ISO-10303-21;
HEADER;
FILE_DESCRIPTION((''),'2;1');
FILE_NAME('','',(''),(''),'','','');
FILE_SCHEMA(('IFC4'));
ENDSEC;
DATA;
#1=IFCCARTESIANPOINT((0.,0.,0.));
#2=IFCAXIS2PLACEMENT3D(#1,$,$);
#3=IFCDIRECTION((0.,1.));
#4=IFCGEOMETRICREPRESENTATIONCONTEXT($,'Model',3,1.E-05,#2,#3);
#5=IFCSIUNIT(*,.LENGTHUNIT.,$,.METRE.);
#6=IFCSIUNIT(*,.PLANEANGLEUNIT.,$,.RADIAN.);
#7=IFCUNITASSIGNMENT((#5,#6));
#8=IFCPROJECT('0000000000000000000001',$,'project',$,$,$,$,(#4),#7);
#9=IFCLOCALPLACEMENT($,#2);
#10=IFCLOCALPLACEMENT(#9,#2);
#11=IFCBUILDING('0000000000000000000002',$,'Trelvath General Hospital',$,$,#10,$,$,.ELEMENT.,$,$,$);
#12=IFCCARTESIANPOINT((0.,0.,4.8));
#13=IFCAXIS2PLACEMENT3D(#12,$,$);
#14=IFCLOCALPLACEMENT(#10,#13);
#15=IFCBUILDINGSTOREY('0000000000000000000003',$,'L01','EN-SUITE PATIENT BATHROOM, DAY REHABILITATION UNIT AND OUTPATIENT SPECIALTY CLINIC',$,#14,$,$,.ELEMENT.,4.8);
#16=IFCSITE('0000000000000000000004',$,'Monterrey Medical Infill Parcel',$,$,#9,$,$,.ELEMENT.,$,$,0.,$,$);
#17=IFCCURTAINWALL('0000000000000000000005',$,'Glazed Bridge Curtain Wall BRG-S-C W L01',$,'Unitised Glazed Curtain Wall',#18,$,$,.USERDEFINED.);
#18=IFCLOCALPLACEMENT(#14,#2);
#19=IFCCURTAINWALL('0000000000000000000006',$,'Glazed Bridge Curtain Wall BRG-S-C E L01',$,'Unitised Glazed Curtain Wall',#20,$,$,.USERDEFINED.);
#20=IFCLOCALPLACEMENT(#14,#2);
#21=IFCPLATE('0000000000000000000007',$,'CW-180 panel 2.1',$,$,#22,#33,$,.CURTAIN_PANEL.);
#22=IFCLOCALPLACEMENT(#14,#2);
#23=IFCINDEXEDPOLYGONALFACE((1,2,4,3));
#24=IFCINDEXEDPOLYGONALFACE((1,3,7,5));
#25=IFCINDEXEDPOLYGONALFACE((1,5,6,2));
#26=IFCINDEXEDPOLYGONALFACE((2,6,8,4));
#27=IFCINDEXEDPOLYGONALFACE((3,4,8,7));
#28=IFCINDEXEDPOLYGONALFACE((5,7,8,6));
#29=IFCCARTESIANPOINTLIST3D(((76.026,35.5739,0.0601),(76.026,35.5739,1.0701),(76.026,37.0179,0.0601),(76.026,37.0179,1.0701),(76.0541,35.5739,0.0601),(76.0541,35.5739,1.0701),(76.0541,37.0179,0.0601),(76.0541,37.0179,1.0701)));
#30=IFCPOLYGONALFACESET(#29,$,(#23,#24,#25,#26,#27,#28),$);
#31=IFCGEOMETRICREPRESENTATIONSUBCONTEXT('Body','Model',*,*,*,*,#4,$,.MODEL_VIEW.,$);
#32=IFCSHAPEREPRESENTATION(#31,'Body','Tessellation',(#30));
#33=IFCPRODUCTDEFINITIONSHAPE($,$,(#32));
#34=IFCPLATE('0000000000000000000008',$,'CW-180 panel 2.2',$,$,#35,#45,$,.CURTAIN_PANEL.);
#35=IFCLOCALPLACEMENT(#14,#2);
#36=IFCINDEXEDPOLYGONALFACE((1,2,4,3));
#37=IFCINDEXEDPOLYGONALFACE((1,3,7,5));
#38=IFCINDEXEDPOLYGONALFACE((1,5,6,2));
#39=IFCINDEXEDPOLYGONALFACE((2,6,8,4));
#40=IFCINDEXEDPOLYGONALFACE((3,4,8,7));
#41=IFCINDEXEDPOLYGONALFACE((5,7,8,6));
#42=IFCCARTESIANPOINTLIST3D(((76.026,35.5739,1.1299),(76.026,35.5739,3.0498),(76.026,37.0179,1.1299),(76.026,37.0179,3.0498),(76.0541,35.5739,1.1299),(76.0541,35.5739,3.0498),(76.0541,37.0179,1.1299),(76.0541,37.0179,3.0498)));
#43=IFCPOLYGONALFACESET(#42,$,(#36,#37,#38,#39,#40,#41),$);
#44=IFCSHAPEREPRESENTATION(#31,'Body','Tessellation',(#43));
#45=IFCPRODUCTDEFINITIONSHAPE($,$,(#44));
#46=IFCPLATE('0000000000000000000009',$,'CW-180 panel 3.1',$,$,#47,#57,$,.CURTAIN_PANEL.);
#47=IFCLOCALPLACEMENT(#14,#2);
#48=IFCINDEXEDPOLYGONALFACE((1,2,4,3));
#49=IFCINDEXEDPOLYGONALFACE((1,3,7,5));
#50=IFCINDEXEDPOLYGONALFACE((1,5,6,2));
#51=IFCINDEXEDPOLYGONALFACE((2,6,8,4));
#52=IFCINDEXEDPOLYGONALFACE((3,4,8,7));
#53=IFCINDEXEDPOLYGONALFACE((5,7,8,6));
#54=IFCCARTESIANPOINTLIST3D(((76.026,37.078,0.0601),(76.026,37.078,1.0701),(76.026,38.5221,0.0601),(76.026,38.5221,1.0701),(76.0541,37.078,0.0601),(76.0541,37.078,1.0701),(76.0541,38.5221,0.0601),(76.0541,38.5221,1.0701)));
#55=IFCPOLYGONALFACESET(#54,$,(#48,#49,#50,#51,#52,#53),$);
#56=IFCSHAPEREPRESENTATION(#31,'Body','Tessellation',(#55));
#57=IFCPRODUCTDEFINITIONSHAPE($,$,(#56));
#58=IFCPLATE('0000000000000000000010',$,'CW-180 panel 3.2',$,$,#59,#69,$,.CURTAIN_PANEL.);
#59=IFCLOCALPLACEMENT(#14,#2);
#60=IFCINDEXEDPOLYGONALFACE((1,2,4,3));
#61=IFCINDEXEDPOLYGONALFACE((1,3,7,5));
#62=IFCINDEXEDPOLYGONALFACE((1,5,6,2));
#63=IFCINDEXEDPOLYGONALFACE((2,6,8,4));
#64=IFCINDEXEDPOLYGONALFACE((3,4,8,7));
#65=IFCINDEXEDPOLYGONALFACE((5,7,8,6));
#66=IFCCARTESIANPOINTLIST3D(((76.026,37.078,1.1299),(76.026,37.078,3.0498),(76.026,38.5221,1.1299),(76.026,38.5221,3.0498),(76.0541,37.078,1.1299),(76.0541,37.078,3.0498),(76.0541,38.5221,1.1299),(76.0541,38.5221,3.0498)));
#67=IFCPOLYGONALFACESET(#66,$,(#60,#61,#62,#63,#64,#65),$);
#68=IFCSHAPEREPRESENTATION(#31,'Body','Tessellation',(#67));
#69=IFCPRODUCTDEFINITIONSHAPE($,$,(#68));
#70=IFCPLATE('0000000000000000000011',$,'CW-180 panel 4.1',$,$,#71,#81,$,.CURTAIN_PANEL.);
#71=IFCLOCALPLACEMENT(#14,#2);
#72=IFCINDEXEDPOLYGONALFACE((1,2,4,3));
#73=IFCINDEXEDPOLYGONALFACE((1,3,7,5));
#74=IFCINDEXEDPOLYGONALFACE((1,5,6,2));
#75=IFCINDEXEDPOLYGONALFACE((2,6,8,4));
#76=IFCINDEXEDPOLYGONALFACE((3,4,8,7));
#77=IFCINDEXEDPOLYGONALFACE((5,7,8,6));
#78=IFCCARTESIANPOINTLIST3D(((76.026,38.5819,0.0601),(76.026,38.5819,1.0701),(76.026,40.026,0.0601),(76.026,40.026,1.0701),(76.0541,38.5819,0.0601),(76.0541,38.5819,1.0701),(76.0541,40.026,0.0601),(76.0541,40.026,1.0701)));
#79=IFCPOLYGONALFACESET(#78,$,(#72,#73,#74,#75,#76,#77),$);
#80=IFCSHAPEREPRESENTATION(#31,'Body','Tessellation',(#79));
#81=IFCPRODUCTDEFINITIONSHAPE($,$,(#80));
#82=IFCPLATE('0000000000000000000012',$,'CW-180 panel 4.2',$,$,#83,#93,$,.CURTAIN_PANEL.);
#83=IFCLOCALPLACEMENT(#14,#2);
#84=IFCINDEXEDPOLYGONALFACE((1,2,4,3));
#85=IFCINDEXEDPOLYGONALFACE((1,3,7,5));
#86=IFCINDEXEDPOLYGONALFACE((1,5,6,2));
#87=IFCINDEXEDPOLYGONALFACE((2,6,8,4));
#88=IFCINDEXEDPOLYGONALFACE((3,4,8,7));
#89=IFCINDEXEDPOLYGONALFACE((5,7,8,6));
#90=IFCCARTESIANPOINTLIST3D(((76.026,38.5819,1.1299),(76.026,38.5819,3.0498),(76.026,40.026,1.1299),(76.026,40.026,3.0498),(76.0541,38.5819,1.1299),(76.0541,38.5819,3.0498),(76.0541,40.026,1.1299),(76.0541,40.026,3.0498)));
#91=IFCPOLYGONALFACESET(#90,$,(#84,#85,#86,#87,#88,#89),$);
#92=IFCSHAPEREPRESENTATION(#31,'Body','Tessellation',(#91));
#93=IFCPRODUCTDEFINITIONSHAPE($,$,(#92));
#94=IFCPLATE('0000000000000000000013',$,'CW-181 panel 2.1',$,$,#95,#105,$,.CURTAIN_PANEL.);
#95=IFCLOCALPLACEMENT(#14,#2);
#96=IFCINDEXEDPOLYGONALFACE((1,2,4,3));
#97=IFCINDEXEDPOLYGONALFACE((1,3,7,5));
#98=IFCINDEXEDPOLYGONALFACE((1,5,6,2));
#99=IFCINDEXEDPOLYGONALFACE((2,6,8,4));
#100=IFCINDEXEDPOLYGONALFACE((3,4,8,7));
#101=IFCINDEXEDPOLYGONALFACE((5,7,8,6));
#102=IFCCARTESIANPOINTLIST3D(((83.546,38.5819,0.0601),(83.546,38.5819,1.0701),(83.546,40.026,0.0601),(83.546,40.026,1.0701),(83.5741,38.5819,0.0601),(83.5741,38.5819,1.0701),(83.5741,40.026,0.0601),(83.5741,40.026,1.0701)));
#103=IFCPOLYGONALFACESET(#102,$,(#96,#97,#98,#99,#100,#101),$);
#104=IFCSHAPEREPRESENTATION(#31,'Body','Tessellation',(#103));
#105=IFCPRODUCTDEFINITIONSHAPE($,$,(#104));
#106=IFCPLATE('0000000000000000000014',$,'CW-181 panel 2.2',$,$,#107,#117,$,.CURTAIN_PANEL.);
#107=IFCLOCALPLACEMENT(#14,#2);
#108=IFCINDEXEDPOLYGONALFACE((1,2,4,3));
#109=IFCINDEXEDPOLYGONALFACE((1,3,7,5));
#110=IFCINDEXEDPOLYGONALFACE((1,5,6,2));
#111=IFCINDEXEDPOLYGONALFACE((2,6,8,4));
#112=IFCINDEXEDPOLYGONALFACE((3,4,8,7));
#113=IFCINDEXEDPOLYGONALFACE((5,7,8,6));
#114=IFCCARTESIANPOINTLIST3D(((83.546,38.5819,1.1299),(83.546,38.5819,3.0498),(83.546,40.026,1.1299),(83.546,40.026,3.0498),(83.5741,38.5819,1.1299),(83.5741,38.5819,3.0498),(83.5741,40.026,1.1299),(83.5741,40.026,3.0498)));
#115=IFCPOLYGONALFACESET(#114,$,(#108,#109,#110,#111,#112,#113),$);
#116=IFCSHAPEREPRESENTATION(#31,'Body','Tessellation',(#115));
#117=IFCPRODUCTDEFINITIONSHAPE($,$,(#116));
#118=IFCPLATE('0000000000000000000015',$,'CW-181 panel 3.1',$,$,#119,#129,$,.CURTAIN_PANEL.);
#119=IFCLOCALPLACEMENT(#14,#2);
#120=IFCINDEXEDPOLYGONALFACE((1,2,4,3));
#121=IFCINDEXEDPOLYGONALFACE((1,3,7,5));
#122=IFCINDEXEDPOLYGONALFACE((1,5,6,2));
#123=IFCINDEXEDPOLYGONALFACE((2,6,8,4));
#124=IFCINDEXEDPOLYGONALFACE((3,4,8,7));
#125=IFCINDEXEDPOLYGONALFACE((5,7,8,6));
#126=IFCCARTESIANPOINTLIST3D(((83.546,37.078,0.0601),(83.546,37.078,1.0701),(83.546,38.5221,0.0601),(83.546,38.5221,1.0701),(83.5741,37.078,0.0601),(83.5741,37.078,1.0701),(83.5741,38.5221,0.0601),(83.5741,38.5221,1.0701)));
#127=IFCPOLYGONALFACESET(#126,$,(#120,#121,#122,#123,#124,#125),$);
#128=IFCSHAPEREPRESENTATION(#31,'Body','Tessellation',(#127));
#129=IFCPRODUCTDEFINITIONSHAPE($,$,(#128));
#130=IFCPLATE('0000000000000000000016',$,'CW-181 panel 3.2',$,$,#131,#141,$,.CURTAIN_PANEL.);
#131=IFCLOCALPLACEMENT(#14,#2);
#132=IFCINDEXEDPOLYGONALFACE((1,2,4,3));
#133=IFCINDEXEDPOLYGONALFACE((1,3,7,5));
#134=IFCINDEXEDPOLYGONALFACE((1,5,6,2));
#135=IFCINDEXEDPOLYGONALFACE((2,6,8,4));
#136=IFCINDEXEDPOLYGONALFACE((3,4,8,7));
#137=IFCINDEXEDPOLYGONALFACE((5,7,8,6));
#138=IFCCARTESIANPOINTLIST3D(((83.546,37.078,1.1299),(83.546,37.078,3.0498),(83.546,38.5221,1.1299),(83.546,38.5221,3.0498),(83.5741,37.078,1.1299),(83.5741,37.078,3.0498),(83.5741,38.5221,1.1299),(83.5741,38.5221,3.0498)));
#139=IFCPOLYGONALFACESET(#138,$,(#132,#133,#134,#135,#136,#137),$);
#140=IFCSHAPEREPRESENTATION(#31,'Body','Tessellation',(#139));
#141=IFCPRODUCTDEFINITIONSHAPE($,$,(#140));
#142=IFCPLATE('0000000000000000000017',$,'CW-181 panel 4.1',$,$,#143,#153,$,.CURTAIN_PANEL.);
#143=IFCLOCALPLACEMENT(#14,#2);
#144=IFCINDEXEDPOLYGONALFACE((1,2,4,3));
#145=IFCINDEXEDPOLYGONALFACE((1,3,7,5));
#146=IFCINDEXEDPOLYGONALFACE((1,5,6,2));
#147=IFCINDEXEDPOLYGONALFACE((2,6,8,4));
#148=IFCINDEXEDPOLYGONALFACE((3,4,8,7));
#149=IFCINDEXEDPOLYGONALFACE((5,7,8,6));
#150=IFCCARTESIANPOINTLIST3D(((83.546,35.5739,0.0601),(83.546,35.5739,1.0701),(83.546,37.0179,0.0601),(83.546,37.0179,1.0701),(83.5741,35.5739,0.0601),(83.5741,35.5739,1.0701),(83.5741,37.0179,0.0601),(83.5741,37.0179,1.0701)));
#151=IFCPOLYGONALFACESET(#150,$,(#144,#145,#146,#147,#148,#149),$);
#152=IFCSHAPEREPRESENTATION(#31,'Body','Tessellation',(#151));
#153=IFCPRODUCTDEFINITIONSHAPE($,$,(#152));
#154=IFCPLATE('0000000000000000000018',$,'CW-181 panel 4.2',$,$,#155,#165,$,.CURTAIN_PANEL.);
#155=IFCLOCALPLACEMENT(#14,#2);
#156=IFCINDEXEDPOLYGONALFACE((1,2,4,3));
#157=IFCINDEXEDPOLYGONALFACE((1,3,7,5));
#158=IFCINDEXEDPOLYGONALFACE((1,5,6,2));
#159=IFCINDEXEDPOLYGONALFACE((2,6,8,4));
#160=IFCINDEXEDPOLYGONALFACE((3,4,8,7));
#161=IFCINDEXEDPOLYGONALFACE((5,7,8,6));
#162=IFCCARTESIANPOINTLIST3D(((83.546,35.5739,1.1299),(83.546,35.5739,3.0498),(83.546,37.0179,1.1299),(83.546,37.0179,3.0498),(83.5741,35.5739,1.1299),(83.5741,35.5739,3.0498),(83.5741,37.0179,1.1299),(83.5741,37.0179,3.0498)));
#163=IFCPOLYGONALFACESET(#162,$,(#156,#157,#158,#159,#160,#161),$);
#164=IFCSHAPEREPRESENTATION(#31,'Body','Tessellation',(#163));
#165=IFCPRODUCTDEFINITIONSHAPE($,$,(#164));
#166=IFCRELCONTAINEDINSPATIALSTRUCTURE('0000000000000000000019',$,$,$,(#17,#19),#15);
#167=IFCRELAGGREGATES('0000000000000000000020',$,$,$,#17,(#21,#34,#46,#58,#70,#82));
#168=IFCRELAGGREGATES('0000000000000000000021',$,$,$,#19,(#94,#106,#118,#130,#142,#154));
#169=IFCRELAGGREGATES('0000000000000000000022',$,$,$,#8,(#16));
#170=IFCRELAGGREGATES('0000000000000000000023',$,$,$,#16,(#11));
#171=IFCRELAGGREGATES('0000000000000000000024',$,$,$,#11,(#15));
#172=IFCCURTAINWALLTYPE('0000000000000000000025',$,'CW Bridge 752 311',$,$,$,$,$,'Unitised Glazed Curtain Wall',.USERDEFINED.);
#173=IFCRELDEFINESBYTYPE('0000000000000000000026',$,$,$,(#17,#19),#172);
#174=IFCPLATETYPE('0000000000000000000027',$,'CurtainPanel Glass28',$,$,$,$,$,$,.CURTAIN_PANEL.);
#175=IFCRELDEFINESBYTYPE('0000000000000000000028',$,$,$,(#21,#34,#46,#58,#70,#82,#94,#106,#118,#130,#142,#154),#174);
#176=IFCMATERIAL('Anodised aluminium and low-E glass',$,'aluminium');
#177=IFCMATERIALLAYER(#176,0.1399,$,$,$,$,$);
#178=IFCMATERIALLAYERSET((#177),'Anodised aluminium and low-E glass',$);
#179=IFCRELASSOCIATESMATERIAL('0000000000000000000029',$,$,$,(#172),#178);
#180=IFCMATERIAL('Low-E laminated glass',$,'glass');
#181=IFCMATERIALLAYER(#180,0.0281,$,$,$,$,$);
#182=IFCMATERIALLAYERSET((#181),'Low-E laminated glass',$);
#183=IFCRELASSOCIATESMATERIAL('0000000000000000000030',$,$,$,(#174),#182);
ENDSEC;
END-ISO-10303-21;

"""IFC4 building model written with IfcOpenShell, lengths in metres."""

from ifc_helpers import new_model, si_unit, direction, frame, origin, origin_2d, place, context, subcontext, project, spatial, rectangle, extrude, material, layer, layer_set, type_object, element, aggregate, save


model = new_model("IFC4")

# Units and contexts
model_context = context("Model", 3, precision=1e-05, world=origin(), true_north=direction((0.0, 1.0)))
body_context = subcontext(model_context, "Body", "Model", "MODEL_VIEW")
ifc_project = project(units=[si_unit("LENGTHUNIT", "METRE"), si_unit("PLANEANGLEUNIT", "RADIAN")], contexts=[model_context])

# Site, building, storey
site_placement = place(None, origin())
site = spatial("IfcSite", under=ifc_project, at=site_placement, Name="Monterrey Medical Infill Parcel", CompositionType="ELEMENT", RefElevation=0.0)
building_placement = place(site_placement, origin())
building = spatial("IfcBuilding", under=site, at=building_placement, Name="Trelvath General Hospital", CompositionType="ELEMENT")
storey_placement = place(building_placement, frame((0.0, 0.0, 4.8)))
storey = spatial("IfcBuildingStorey", under=building, at=storey_placement, Name="L01", Description="EN-SUITE PATIENT BATHROOM, DAY REHABILITATION UNIT AND OUTPATIENT SPECIALTY CLINIC", CompositionType="ELEMENT", Elevation=4.8)

# Curtain walls
ifc_material_1 = material(Name="Anodised aluminium and low-E glass", Category="aluminium")
ifc_layer_1 = layer(ifc_material_1, 0.1399)
ifc_layer_set_1 = layer_set([ifc_layer_1], Name="Anodised aluminium and low-E glass")
curtain_wall_type = type_object("IfcCurtainWallType", Name="CW Bridge 752 311", ElementType="Unitised Glazed Curtain Wall", PredefinedType="USERDEFINED", material=ifc_layer_set_1)
curtain_wall_1_placement = place(storey_placement, origin())
curtain_wall_1 = element("IfcCurtainWall", 1, at=curtain_wall_1_placement, inside=storey, type_object=curtain_wall_type, Name="Glazed Bridge Curtain Wall BRG-S-C W L01", ObjectType="Unitised Glazed Curtain Wall", PredefinedType="USERDEFINED")
curtain_wall_2_placement = place(storey_placement, origin())
curtain_wall_2 = element("IfcCurtainWall", 2, at=curtain_wall_2_placement, inside=storey, type_object=curtain_wall_type, Name="Glazed Bridge Curtain Wall BRG-S-C E L01", ObjectType="Unitised Glazed Curtain Wall", PredefinedType="USERDEFINED")

# Plates
ifc_material_2 = material(Name="Low-E laminated glass", Category="glass")
ifc_layer_2 = layer(ifc_material_2, 0.0281)
ifc_layer_set_2 = layer_set([ifc_layer_2], Name="Low-E laminated glass")
plate_type = type_object("IfcPlateType", Name="CurtainPanel Glass28", PredefinedType="CURTAIN_PANEL", material=ifc_layer_set_2)
plate_1_placement = place(storey_placement, frame((76.04, 36.2959, 0.0601), z_axis=(0.0, 0.0, 1.0), x_axis=(0.0, 1.0, 0.0)))
plate_1 = element("IfcPlate", 3, at=plate_1_placement, type_object=plate_type, Name="CW-180 panel 2.1", PredefinedType="CURTAIN_PANEL", context=body_context, shape_type="SweptSolid", body=[
    extrude(rectangle(XDim=1.4441, YDim=0.0281, at=origin_2d()), origin(), (0.0, 0.0, 1.0), 1.01),
])
plate_2_placement = place(storey_placement, frame((76.04, 36.2959, 1.1299), z_axis=(0.0, 0.0, 1.0), x_axis=(0.0, 1.0, 0.0)))
plate_2 = element("IfcPlate", 4, at=plate_2_placement, type_object=plate_type, Name="CW-180 panel 2.2", PredefinedType="CURTAIN_PANEL", context=body_context, shape_type="SweptSolid", body=[
    extrude(rectangle(XDim=1.4441, YDim=0.0281, at=origin_2d()), origin(), (0.0, 0.0, 1.0), 1.9199),
])
plate_3_placement = place(storey_placement, frame((76.04, 37.8, 0.0601), z_axis=(0.0, 0.0, 1.0), x_axis=(0.0, 1.0, 0.0)))
plate_3 = element("IfcPlate", 5, at=plate_3_placement, type_object=plate_type, Name="CW-180 panel 3.1", PredefinedType="CURTAIN_PANEL", context=body_context, shape_type="SweptSolid", body=[
    extrude(rectangle(XDim=1.4441, YDim=0.0281, at=origin_2d()), origin(), (0.0, 0.0, 1.0), 1.01),
])
plate_4_placement = place(storey_placement, frame((76.04, 37.8, 1.1299), z_axis=(0.0, 0.0, 1.0), x_axis=(0.0, 1.0, 0.0)))
plate_4 = element("IfcPlate", 6, at=plate_4_placement, type_object=plate_type, Name="CW-180 panel 3.2", PredefinedType="CURTAIN_PANEL", context=body_context, shape_type="SweptSolid", body=[
    extrude(rectangle(XDim=1.4441, YDim=0.0281, at=origin_2d()), origin(), (0.0, 0.0, 1.0), 1.9199),
])
plate_5_placement = place(storey_placement, frame((76.04, 39.304, 0.0601), z_axis=(0.0, 0.0, 1.0), x_axis=(0.0, 1.0, 0.0)))
plate_5 = element("IfcPlate", 7, at=plate_5_placement, type_object=plate_type, Name="CW-180 panel 4.1", PredefinedType="CURTAIN_PANEL", context=body_context, shape_type="SweptSolid", body=[
    extrude(rectangle(XDim=1.4441, YDim=0.0281, at=origin_2d()), origin(), (0.0, 0.0, 1.0), 1.01),
])
plate_6_placement = place(storey_placement, frame((76.04, 39.304, 1.1299), z_axis=(0.0, 0.0, 1.0), x_axis=(0.0, 1.0, 0.0)))
plate_6 = element("IfcPlate", 8, at=plate_6_placement, type_object=plate_type, Name="CW-180 panel 4.2", PredefinedType="CURTAIN_PANEL", context=body_context, shape_type="SweptSolid", body=[
    extrude(rectangle(XDim=1.4441, YDim=0.0281, at=origin_2d()), origin(), (0.0, 0.0, 1.0), 1.9199),
])
aggregate(curtain_wall_1, [plate_1, plate_2, plate_3, plate_4, plate_5, plate_6])
plate_7_placement = place(storey_placement, frame((83.5601, 39.304, 0.0601), z_axis=(0.0, 0.0, 1.0), x_axis=(0.0, -1.0, 0.0)))
plate_7 = element("IfcPlate", 9, at=plate_7_placement, type_object=plate_type, Name="CW-181 panel 2.1", PredefinedType="CURTAIN_PANEL", context=body_context, shape_type="SweptSolid", body=[
    extrude(rectangle(XDim=1.4441, YDim=0.0281, at=origin_2d()), origin(), (0.0, 0.0, 1.0), 1.01),
])
plate_8_placement = place(storey_placement, frame((83.5601, 39.304, 1.1299), z_axis=(0.0, 0.0, 1.0), x_axis=(0.0, -1.0, 0.0)))
plate_8 = element("IfcPlate", 10, at=plate_8_placement, type_object=plate_type, Name="CW-181 panel 2.2", PredefinedType="CURTAIN_PANEL", context=body_context, shape_type="SweptSolid", body=[
    extrude(rectangle(XDim=1.4441, YDim=0.0281, at=origin_2d()), origin(), (0.0, 0.0, 1.0), 1.9199),
])
plate_9_placement = place(storey_placement, frame((83.5601, 37.8, 0.0601), z_axis=(0.0, 0.0, 1.0), x_axis=(0.0, -1.0, 0.0)))
plate_9 = element("IfcPlate", 11, at=plate_9_placement, type_object=plate_type, Name="CW-181 panel 3.1", PredefinedType="CURTAIN_PANEL", context=body_context, shape_type="SweptSolid", body=[
    extrude(rectangle(XDim=1.4441, YDim=0.0281, at=origin_2d()), origin(), (0.0, 0.0, 1.0), 1.01),
])
plate_10_placement = place(storey_placement, frame((83.5601, 37.8, 1.1299), z_axis=(0.0, 0.0, 1.0), x_axis=(0.0, -1.0, 0.0)))
plate_10 = element("IfcPlate", 12, at=plate_10_placement, type_object=plate_type, Name="CW-181 panel 3.2", PredefinedType="CURTAIN_PANEL", context=body_context, shape_type="SweptSolid", body=[
    extrude(rectangle(XDim=1.4441, YDim=0.0281, at=origin_2d()), origin(), (0.0, 0.0, 1.0), 1.9199),
])
plate_11_placement = place(storey_placement, frame((83.5601, 36.2959, 0.0601), z_axis=(0.0, 0.0, 1.0), x_axis=(0.0, -1.0, 0.0)))
plate_11 = element("IfcPlate", 13, at=plate_11_placement, type_object=plate_type, Name="CW-181 panel 4.1", PredefinedType="CURTAIN_PANEL", context=body_context, shape_type="SweptSolid", body=[
    extrude(rectangle(XDim=1.4441, YDim=0.0281, at=origin_2d()), origin(), (0.0, 0.0, 1.0), 1.01),
])
plate_12_placement = place(storey_placement, frame((83.5601, 36.2959, 1.1299), z_axis=(0.0, 0.0, 1.0), x_axis=(0.0, -1.0, 0.0)))
plate_12 = element("IfcPlate", 14, at=plate_12_placement, type_object=plate_type, Name="CW-181 panel 4.2", PredefinedType="CURTAIN_PANEL", context=body_context, shape_type="SweptSolid", body=[
    extrude(rectangle(XDim=1.4441, YDim=0.0281, at=origin_2d()), origin(), (0.0, 0.0, 1.0), 1.9199),
])
aggregate(curtain_wall_2, [plate_7, plate_8, plate_9, plate_10, plate_11, plate_12])

save(model, "model.ifc")
